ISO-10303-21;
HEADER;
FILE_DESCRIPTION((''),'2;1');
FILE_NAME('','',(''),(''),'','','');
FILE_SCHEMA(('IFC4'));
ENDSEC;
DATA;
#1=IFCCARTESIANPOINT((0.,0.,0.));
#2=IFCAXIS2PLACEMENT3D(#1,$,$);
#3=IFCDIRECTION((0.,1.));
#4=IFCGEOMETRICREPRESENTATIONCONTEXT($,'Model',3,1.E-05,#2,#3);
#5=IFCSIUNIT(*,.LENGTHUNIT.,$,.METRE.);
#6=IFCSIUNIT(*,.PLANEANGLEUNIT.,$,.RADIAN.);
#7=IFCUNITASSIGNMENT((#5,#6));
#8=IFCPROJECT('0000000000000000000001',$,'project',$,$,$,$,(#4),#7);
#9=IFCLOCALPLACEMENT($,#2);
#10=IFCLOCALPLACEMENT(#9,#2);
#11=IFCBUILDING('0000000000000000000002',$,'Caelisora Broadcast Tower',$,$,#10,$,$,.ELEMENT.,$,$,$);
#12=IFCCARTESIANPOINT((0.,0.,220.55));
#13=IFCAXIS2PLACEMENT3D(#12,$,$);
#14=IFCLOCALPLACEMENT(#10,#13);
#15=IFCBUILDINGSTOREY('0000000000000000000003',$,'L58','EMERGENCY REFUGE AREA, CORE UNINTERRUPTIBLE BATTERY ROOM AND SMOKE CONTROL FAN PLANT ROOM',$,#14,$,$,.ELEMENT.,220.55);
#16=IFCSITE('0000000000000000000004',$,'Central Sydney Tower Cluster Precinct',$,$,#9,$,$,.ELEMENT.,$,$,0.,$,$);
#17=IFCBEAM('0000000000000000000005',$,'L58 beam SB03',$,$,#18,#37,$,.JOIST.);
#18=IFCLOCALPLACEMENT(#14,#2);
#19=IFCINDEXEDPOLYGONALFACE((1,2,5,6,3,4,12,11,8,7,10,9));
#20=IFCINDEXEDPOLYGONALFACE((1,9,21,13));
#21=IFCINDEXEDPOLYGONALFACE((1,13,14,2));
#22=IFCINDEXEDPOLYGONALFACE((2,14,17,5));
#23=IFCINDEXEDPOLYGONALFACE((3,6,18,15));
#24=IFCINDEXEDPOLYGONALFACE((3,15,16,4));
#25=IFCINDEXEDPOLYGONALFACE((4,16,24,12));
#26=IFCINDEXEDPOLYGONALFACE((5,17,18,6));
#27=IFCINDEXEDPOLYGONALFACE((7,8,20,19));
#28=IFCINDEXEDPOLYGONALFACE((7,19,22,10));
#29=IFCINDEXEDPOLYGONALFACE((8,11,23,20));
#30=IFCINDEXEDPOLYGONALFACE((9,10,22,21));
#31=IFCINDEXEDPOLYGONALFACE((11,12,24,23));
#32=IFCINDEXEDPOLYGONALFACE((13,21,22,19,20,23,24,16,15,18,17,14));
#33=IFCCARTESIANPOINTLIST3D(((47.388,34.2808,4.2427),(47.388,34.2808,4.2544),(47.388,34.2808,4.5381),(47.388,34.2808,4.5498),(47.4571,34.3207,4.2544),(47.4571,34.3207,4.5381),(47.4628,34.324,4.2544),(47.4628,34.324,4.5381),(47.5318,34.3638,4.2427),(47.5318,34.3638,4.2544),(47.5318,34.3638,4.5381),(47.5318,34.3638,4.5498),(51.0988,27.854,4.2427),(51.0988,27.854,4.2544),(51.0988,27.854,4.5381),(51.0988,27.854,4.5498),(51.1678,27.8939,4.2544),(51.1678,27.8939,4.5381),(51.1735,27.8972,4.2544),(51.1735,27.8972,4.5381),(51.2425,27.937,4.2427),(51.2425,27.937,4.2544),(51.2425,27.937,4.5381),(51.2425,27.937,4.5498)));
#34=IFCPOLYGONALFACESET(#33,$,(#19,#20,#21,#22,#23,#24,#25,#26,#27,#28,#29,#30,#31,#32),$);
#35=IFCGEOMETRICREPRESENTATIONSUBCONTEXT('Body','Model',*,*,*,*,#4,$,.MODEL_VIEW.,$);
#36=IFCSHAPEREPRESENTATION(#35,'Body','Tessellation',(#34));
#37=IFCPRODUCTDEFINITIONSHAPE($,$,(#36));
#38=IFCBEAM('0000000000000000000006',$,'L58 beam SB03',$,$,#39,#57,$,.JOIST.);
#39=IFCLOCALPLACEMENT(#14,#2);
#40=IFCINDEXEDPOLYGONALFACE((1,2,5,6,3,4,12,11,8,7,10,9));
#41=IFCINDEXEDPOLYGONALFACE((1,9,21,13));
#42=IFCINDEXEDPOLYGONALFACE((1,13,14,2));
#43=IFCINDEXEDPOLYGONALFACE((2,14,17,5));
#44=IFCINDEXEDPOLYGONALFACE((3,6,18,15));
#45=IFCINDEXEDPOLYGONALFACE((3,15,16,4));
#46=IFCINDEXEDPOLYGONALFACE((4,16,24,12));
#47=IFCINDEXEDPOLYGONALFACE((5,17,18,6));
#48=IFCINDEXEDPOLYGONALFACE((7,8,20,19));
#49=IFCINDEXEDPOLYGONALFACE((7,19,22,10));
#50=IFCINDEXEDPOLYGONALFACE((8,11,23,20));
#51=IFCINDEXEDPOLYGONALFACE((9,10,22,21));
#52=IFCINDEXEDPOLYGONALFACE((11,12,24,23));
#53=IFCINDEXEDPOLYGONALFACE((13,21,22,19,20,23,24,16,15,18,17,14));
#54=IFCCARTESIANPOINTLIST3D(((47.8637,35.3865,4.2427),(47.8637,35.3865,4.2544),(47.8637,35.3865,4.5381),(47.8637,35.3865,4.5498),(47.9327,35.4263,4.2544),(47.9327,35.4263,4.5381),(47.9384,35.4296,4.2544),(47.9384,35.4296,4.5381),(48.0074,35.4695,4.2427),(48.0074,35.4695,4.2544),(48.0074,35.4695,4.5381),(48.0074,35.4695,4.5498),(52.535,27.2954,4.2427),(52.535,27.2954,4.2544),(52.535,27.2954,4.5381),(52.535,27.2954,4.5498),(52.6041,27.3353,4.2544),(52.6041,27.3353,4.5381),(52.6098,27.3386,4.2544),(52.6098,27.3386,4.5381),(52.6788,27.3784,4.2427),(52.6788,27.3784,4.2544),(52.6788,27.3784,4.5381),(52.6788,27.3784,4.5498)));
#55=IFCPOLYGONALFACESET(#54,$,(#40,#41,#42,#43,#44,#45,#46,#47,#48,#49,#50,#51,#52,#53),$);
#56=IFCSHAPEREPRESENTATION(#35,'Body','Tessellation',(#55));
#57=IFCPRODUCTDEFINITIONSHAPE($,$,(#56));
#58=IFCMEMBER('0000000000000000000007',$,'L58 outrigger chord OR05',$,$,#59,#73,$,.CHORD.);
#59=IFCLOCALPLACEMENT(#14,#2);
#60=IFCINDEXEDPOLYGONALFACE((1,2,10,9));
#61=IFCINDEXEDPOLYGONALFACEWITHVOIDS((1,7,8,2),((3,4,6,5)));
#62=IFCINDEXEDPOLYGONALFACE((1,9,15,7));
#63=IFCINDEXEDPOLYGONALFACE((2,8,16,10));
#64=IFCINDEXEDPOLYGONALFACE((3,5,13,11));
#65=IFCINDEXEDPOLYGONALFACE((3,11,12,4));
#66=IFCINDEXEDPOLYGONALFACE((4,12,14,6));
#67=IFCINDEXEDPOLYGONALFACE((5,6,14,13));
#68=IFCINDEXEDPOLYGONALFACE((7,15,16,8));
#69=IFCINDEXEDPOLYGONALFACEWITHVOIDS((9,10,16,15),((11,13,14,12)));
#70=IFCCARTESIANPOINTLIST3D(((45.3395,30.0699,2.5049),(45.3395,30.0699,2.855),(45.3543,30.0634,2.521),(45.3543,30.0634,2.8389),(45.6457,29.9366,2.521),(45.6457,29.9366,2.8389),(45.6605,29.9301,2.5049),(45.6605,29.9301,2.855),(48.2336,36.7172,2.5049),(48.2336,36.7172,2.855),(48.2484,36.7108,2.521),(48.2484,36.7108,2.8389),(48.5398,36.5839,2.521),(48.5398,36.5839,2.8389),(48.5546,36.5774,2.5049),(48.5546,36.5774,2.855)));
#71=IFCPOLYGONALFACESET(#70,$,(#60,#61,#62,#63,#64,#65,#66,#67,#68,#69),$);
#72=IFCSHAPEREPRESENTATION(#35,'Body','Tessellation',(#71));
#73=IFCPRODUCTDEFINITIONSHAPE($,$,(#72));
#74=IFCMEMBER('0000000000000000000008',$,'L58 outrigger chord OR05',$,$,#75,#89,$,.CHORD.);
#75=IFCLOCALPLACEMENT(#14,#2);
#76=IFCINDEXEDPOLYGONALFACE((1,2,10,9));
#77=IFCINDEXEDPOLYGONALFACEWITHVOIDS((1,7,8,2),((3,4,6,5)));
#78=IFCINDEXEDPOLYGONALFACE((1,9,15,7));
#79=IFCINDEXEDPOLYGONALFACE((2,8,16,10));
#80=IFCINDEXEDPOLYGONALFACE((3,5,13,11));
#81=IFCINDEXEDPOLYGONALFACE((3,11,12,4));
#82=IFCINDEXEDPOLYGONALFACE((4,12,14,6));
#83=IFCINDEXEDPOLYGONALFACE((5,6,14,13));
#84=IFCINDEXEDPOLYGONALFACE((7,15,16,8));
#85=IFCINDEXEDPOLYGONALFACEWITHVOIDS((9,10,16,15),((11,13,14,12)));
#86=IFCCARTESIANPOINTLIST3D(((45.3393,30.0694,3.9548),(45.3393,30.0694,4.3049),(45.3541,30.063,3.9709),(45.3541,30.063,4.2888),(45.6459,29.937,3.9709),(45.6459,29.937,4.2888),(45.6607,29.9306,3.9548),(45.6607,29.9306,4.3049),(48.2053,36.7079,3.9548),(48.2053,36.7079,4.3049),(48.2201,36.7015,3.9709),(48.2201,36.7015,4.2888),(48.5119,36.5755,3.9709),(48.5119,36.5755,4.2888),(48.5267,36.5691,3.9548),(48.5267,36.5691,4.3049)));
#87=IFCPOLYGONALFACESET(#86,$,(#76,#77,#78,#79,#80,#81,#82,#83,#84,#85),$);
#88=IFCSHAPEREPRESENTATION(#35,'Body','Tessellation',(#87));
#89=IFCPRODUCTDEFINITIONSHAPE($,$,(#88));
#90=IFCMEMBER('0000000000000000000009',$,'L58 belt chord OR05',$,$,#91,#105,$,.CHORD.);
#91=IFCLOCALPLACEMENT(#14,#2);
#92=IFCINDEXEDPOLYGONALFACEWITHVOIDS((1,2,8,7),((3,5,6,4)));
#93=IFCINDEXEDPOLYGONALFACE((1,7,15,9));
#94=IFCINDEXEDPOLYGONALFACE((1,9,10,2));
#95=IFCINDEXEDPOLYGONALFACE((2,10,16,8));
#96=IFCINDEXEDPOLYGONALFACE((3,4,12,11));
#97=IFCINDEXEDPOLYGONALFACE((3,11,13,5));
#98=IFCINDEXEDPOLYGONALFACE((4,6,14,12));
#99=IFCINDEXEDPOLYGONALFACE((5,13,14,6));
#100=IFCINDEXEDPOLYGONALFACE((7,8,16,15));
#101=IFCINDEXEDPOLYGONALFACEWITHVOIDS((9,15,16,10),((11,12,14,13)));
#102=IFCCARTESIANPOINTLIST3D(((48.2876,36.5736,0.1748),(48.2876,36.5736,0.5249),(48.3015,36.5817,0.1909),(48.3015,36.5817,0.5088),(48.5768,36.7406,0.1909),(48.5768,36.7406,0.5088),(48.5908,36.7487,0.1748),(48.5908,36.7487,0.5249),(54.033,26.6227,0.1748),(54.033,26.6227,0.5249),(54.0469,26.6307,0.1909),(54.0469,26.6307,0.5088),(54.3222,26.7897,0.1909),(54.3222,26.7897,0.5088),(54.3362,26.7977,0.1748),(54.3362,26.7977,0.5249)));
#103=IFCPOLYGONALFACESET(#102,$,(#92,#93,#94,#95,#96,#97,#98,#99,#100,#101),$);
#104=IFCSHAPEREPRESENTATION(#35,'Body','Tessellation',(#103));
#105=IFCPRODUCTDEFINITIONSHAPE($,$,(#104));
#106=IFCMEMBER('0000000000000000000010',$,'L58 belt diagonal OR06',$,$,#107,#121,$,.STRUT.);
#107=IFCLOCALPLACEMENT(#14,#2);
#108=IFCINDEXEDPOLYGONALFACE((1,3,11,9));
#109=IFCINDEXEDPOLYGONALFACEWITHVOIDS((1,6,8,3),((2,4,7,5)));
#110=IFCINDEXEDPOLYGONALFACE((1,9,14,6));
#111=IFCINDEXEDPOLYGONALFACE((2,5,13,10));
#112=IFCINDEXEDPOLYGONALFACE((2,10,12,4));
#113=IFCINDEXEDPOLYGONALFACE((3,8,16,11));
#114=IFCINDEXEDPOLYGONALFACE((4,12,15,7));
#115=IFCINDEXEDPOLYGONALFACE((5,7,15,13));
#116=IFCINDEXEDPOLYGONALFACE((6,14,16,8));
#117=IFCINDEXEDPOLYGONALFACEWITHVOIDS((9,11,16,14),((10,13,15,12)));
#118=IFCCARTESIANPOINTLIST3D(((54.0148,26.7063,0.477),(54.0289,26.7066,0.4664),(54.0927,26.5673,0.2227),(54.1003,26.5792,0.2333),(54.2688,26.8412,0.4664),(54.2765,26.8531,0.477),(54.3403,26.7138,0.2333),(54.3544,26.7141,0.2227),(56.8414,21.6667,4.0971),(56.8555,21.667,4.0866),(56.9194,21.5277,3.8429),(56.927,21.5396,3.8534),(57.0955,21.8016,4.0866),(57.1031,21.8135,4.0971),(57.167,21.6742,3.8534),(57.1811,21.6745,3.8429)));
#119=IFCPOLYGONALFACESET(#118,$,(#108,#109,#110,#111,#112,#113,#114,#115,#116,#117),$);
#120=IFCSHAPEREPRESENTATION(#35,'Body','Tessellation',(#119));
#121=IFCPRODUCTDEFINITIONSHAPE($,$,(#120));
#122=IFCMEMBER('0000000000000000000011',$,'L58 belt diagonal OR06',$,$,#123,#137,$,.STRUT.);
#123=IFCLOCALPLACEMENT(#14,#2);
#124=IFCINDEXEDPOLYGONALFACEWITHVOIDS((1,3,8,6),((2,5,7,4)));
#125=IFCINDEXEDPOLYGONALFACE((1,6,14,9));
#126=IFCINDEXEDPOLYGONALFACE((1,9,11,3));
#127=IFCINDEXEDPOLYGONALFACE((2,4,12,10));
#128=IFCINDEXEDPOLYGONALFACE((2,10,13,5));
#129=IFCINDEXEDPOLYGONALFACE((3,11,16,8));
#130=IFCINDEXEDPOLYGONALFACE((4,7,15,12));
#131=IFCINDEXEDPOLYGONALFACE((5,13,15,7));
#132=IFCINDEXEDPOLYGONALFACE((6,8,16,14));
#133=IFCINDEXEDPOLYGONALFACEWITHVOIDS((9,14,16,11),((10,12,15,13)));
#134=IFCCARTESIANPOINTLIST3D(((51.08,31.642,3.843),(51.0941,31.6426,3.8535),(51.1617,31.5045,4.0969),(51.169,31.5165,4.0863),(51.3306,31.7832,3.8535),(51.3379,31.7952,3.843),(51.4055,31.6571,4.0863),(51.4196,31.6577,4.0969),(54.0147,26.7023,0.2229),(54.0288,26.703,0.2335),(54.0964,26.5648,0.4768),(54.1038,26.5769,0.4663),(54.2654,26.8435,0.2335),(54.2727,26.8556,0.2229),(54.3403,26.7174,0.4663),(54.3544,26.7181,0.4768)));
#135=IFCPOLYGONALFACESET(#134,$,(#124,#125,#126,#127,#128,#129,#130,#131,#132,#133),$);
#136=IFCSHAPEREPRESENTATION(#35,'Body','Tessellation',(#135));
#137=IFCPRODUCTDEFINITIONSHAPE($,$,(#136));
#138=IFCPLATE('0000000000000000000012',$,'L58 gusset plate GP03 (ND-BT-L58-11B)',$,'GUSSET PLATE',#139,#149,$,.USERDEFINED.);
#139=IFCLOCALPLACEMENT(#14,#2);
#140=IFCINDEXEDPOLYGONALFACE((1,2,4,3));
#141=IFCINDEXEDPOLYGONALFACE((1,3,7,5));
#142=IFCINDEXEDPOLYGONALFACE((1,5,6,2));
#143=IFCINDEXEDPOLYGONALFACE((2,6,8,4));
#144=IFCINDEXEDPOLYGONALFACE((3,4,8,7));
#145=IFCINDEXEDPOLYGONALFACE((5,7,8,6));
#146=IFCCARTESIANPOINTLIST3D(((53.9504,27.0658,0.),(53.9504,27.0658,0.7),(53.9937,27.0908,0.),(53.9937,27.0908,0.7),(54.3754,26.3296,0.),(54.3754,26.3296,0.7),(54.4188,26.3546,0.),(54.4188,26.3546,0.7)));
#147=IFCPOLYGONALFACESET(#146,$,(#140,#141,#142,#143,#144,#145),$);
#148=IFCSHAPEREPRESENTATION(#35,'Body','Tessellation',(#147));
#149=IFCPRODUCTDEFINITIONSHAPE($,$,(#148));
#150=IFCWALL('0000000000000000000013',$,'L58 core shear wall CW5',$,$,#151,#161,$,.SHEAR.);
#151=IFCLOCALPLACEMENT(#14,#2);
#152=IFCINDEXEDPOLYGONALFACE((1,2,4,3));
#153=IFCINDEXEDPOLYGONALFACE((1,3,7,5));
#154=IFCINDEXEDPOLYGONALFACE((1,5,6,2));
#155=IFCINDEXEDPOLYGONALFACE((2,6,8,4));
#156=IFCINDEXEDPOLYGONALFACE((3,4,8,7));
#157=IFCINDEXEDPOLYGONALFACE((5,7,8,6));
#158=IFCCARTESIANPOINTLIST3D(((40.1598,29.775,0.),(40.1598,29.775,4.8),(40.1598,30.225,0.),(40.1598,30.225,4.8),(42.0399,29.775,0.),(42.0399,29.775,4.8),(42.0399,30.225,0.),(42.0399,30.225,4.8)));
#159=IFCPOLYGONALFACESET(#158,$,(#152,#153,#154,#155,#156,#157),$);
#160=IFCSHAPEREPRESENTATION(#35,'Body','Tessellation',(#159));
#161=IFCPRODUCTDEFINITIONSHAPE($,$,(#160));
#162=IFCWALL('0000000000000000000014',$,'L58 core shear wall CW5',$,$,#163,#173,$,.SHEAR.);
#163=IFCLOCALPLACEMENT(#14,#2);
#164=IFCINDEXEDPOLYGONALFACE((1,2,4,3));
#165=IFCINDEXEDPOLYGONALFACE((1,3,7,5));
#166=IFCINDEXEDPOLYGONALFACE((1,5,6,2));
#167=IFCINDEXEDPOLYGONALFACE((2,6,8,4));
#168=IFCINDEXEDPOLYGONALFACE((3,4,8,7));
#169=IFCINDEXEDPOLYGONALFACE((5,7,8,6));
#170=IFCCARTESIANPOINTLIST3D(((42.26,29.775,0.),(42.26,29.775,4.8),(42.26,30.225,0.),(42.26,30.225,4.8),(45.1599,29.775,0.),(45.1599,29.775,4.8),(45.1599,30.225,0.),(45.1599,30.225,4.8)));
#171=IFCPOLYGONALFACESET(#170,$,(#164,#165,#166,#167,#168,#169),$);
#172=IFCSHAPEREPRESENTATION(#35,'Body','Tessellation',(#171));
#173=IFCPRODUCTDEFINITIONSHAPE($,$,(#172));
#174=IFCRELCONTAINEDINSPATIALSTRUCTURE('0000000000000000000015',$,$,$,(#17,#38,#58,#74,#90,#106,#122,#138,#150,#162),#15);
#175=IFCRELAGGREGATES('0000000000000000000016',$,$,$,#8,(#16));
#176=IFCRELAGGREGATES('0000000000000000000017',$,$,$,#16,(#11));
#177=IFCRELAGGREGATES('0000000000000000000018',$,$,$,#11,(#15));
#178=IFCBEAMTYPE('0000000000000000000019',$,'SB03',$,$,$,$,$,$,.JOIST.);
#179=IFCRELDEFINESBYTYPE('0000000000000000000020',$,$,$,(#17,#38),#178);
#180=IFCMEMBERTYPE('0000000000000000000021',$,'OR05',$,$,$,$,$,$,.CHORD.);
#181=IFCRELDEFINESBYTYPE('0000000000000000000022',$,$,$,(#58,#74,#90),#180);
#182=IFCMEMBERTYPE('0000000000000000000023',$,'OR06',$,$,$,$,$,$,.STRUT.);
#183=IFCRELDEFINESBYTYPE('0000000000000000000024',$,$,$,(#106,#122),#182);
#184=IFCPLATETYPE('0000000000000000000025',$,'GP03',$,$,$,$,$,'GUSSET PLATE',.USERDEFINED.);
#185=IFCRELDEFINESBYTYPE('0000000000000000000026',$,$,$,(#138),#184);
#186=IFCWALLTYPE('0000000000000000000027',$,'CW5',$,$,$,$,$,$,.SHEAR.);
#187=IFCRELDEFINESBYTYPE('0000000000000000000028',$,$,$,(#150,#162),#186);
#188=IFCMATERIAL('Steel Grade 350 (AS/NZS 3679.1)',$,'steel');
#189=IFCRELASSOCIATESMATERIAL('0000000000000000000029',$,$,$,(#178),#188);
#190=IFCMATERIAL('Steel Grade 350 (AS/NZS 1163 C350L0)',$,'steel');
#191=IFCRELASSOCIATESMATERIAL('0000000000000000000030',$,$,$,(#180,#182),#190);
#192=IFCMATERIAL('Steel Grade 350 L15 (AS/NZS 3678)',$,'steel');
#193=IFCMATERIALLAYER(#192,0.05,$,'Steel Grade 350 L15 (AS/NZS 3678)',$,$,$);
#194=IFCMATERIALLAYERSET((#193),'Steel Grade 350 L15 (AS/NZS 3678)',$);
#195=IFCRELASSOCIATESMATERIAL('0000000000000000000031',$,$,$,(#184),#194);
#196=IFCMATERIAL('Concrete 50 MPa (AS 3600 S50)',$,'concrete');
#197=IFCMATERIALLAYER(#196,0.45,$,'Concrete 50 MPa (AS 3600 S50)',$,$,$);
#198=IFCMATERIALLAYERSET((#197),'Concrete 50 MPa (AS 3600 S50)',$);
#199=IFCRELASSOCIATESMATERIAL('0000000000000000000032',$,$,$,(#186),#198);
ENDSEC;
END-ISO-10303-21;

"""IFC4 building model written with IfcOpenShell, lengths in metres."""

from ifc_helpers import new_model, si_unit, direction, frame, frame_2d, origin, origin_2d, place, context, subcontext, project, spatial, rectangle, hollow_rectangle, i_section, extrude, source, transform, mapped, material, layer, layer_set, material_profile, profile_set, type_object, type_shapes, element, save


model = new_model("IFC4")

# Units and contexts
model_context = context("Model", 3, precision=1e-05, world=origin(), true_north=direction((0.0, 1.0)))
body_context = subcontext(model_context, "Body", "Model", "MODEL_VIEW")
ifc_project = project(units=[si_unit("LENGTHUNIT", "METRE"), si_unit("PLANEANGLEUNIT", "RADIAN")], contexts=[model_context])

# Site, building, storey
site_placement = place(None, origin())
site = spatial("IfcSite", under=ifc_project, at=site_placement, Name="Central Sydney Tower Cluster Precinct", CompositionType="ELEMENT", RefElevation=0.0)
building_placement = place(site_placement, origin())
building = spatial("IfcBuilding", under=site, at=building_placement, Name="Caelisora Broadcast Tower", CompositionType="ELEMENT")
storey_placement = place(building_placement, frame((0.0, 0.0, 220.55)))
storey = spatial("IfcBuildingStorey", under=building, at=storey_placement, Name="L58", Description="EMERGENCY REFUGE AREA, CORE UNINTERRUPTIBLE BATTERY ROOM AND SMOKE CONTROL FAN PLANT ROOM", CompositionType="ELEMENT", Elevation=220.55)

# Shared definitions
ifc_material_1 = material(Name="Steel Grade 350 (AS/NZS 3679.1)", Category="steel")
ifc_material_2 = material(Name="Steel Grade 350 (AS/NZS 1163 C350L0)", Category="steel")
ifc_material_3 = material(Name="Steel Grade 350 L15 (AS/NZS 3678)", Category="steel")

# Beams
ifc_material_profile_1 = material_profile(ifc_material_1, i_section(OverallWidth=0.166, OverallDepth=0.3071, WebThickness=0.0066, FlangeThickness=0.0117, at=origin_2d()), Name="Steel Grade 350 (AS/NZS 3679.1)")
ifc_profile_set_1 = profile_set([ifc_material_profile_1], Name="Steel Grade 350 (AS/NZS 3679.1)")
beam_type_1 = type_object("IfcBeamType", Name="SB03", PredefinedType="JOIST", material=ifc_profile_set_1)
shared_shape_1 = source(origin(), body_context, "Body", "SweptSolid", [
    extrude(i_section(OverallWidth=0.166, OverallDepth=0.3071, WebThickness=0.0066, FlangeThickness=0.0117, at=origin_2d()), origin(), (0.0, 0.0, 1.0), 7.4211),
])
beam_1_placement = place(storey_placement, frame((51.1707, 27.8955, 4.3962), z_axis=(-0.500021, 0.866014, 0.0), x_axis=(-0.866014, -0.500021, 0.0)))
element("IfcBeam", 1, at=beam_1_placement, inside=storey, type_object=beam_type_1, Name="L58 beam SB03", PredefinedType="JOIST", context=body_context, shape_type="MappedRepresentation", body=[
    mapped(shared_shape_1, transform((0.0, 0.0, 0.0), scale=1.0)),
])
shared_shape_2 = source(origin(), body_context, "Body", "SweptSolid", [
    extrude(i_section(OverallWidth=0.166, OverallDepth=0.3071, WebThickness=0.0066, FlangeThickness=0.0117, at=origin_2d()), origin(), (0.0, 0.0, 1.0), 9.3428),
])
beam_2_placement = place(storey_placement, frame((52.6069, 27.3369, 4.3962), z_axis=(-0.500001, 0.866025, 0.0), x_axis=(-0.866025, -0.500001, 0.0)))
element("IfcBeam", 2, at=beam_2_placement, inside=storey, type_object=beam_type_1, Name="L58 beam SB03", PredefinedType="JOIST", context=body_context, shape_type="MappedRepresentation", body=[
    mapped(shared_shape_2, transform((0.0, 0.0, 0.0), scale=1.0)),
])

# Members
ifc_material_profile_2 = material_profile(ifc_material_2, hollow_rectangle(XDim=0.3501, YDim=0.3501, WallThickness=0.0161, at=origin_2d()), Name="Steel Grade 350 (AS/NZS 1163 C350L0)")
ifc_profile_set_2 = profile_set([ifc_material_profile_2], Name="Steel Grade 350 (AS/NZS 1163 C350L0)")
member_type_1 = type_object("IfcMemberType", Name="OR05", PredefinedType="CHORD", material=ifc_profile_set_2)
shared_shape_3 = source(origin(), body_context, "Body", "SweptSolid", [
    extrude(hollow_rectangle(XDim=0.3501, YDim=0.3501, WallThickness=0.0161, at=origin_2d()), origin(), (0.0, 0.0, 1.0), 7.25),
])
member_1_placement = place(storey_placement, frame((45.5, 30.0, 2.6799), z_axis=(0.399184, 0.916871, 0.0), x_axis=(-0.916871, 0.399184, 0.0)))
element("IfcMember", 3, at=member_1_placement, inside=storey, type_object=member_type_1, Name="L58 outrigger chord OR05", PredefinedType="CHORD", context=body_context, shape_type="MappedRepresentation", body=[
    mapped(shared_shape_3, transform((0.0, 0.0, 0.0), scale=1.0)),
])
shared_shape_4 = source(origin(), body_context, "Body", "SweptSolid", [
    extrude(hollow_rectangle(XDim=0.3501, YDim=0.3501, WallThickness=0.0161, at=origin_2d()), origin(), (0.0, 0.0, 1.0), 7.2307),
])
member_2_placement = place(storey_placement, frame((45.5, 30.0, 4.1299), z_axis=(0.396363, 0.918094, 0.0), x_axis=(-0.918094, 0.396363, 0.0)))
element("IfcMember", 4, at=member_2_placement, inside=storey, type_object=member_type_1, Name="L58 outrigger chord OR05", PredefinedType="CHORD", context=body_context, shape_type="MappedRepresentation", body=[
    mapped(shared_shape_4, transform((0.0, 0.0, 0.0), scale=1.0)),
])
shared_shape_5 = source(origin(), body_context, "Body", "SweptSolid", [
    extrude(hollow_rectangle(XDim=0.3501, YDim=0.3501, WallThickness=0.0161, at=origin_2d()), origin(), (0.0, 0.0, 1.0), 11.4905),
])
type_shapes(member_type_1, [shared_shape_3, shared_shape_4, shared_shape_5])
member_3_placement = place(storey_placement, frame((54.1846, 26.7102, 0.3499), z_axis=(-0.500012, 0.866018, 0.0), x_axis=(-0.866018, -0.500012, 0.0)))
element("IfcMember", 5, at=member_3_placement, inside=storey, type_object=member_type_1, Name="L58 belt chord OR05", PredefinedType="CHORD", context=body_context, shape_type="MappedRepresentation", body=[
    mapped(shared_shape_5, transform((0.0, 0.0, 0.0), scale=1.0)),
])
ifc_material_profile_3 = material_profile(ifc_material_2, hollow_rectangle(XDim=0.3, YDim=0.3, WallThickness=0.0125, at=origin_2d()), Name="Steel Grade 350 (AS/NZS 1163 C350L0)")
ifc_profile_set_3 = profile_set([ifc_material_profile_3], Name="Steel Grade 350 (AS/NZS 1163 C350L0)")
member_type_2 = type_object("IfcMemberType", Name="OR06", PredefinedType="STRUT", material=ifc_profile_set_3)
shared_shape_6 = source(origin(), body_context, "Body", "SweptSolid", [
    extrude(hollow_rectangle(XDim=0.3, YDim=0.3, WallThickness=0.0125, at=origin_2d()), origin(), (0.0, 0.0, 1.0), 6.8186),
])
member_4_placement = place(storey_placement, frame((54.1846, 26.7102, 0.3499), z_axis=(0.414556, -0.739097, 0.530924), x_axis=(0.872173, 0.489198, 0.0)))
element("IfcMember", 6, at=member_4_placement, inside=storey, type_object=member_type_2, Name="L58 belt diagonal OR06", PredefinedType="STRUT", context=body_context, shape_type="MappedRepresentation", body=[
    mapped(shared_shape_6, transform((0.0, 0.0, 0.0), scale=1.0)),
])
shared_shape_7 = source(origin(), body_context, "Body", "SweptSolid", [
    extrude(hollow_rectangle(XDim=0.3, YDim=0.3, WallThickness=0.0125, at=origin_2d()), origin(), (0.0, 0.0, 1.0), 6.791),
])
type_shapes(member_type_2, [shared_shape_6, shared_shape_7])
member_5_placement = place(storey_placement, frame((54.1846, 26.7102, 0.3499), z_axis=(-0.432156, 0.727378, 0.533068), x_axis=(-0.859712, -0.510779, 0.0)))
element("IfcMember", 7, at=member_5_placement, inside=storey, type_object=member_type_2, Name="L58 belt diagonal OR06", PredefinedType="STRUT", context=body_context, shape_type="MappedRepresentation", body=[
    mapped(shared_shape_7, transform((0.0, 0.0, 0.0), scale=1.0)),
])

# Plate
ifc_layer_1 = layer(ifc_material_3, 0.05, Name="Steel Grade 350 L15 (AS/NZS 3678)")
ifc_layer_set_1 = layer_set([ifc_layer_1], Name="Steel Grade 350 L15 (AS/NZS 3678)")
plate_type = type_object("IfcPlateType", Name="GP03", ElementType="GUSSET PLATE", PredefinedType="USERDEFINED", material=ifc_layer_set_1)
shared_shape_8 = source(origin(), body_context, "Body", "SweptSolid", [
    extrude(rectangle(XDim=0.8501, YDim=0.05, at=origin_2d()), origin(), (0.0, 0.0, 1.0), 0.7),
])
type_shapes(plate_type, [shared_shape_8])
plate_placement = place(storey_placement, frame((54.1846, 26.7102, 0.0), z_axis=(0.0, 0.0, 1.0), x_axis=(-0.5, 0.866025, 0.0)))
element("IfcPlate", 8, at=plate_placement, inside=storey, type_object=plate_type, Name="L58 gusset plate GP03 (ND-BT-L58-11B)", ObjectType="GUSSET PLATE", PredefinedType="USERDEFINED", context=body_context, shape_type="MappedRepresentation", body=[
    mapped(shared_shape_8, transform((0.0, 0.0, 0.0), scale=1.0)),
])

# Walls
ifc_material_4 = material(Name="Concrete 50 MPa (AS 3600 S50)", Category="concrete")
ifc_layer_2 = layer(ifc_material_4, 0.45, Name="Concrete 50 MPa (AS 3600 S50)")
ifc_layer_set_2 = layer_set([ifc_layer_2], Name="Concrete 50 MPa (AS 3600 S50)")
wall_type_1 = type_object("IfcWallType", Name="CW5", PredefinedType="SHEAR", material=ifc_layer_set_2)
wall_1_placement = place(storey_placement, frame((40.1599, 30.0, 0.0), z_axis=(0.0, 0.0, 1.0), x_axis=(1.0, 0.0, 0.0)))
element("IfcWall", 9, at=wall_1_placement, inside=storey, type_object=wall_type_1, Name="L58 core shear wall CW5", PredefinedType="SHEAR", context=body_context, shape_type="SweptSolid", body=[
    extrude(rectangle(XDim=1.8801, YDim=0.45, at=frame_2d((0.9399, 0.0))), origin(), (0.0, 0.0, 1.0), 4.8),
])
wall_2_placement = place(storey_placement, frame((42.26, 30.0, 0.0), z_axis=(0.0, 0.0, 1.0), x_axis=(1.0, 0.0, 0.0)))
element("IfcWall", 10, at=wall_2_placement, inside=storey, type_object=wall_type_1, Name="L58 core shear wall CW5", PredefinedType="SHEAR", context=body_context, shape_type="SweptSolid", body=[
    extrude(rectangle(XDim=2.8999, YDim=0.45, at=frame_2d((1.45, 0.0))), origin(), (0.0, 0.0, 1.0), 4.8),
])

save(model, "model.ifc")
